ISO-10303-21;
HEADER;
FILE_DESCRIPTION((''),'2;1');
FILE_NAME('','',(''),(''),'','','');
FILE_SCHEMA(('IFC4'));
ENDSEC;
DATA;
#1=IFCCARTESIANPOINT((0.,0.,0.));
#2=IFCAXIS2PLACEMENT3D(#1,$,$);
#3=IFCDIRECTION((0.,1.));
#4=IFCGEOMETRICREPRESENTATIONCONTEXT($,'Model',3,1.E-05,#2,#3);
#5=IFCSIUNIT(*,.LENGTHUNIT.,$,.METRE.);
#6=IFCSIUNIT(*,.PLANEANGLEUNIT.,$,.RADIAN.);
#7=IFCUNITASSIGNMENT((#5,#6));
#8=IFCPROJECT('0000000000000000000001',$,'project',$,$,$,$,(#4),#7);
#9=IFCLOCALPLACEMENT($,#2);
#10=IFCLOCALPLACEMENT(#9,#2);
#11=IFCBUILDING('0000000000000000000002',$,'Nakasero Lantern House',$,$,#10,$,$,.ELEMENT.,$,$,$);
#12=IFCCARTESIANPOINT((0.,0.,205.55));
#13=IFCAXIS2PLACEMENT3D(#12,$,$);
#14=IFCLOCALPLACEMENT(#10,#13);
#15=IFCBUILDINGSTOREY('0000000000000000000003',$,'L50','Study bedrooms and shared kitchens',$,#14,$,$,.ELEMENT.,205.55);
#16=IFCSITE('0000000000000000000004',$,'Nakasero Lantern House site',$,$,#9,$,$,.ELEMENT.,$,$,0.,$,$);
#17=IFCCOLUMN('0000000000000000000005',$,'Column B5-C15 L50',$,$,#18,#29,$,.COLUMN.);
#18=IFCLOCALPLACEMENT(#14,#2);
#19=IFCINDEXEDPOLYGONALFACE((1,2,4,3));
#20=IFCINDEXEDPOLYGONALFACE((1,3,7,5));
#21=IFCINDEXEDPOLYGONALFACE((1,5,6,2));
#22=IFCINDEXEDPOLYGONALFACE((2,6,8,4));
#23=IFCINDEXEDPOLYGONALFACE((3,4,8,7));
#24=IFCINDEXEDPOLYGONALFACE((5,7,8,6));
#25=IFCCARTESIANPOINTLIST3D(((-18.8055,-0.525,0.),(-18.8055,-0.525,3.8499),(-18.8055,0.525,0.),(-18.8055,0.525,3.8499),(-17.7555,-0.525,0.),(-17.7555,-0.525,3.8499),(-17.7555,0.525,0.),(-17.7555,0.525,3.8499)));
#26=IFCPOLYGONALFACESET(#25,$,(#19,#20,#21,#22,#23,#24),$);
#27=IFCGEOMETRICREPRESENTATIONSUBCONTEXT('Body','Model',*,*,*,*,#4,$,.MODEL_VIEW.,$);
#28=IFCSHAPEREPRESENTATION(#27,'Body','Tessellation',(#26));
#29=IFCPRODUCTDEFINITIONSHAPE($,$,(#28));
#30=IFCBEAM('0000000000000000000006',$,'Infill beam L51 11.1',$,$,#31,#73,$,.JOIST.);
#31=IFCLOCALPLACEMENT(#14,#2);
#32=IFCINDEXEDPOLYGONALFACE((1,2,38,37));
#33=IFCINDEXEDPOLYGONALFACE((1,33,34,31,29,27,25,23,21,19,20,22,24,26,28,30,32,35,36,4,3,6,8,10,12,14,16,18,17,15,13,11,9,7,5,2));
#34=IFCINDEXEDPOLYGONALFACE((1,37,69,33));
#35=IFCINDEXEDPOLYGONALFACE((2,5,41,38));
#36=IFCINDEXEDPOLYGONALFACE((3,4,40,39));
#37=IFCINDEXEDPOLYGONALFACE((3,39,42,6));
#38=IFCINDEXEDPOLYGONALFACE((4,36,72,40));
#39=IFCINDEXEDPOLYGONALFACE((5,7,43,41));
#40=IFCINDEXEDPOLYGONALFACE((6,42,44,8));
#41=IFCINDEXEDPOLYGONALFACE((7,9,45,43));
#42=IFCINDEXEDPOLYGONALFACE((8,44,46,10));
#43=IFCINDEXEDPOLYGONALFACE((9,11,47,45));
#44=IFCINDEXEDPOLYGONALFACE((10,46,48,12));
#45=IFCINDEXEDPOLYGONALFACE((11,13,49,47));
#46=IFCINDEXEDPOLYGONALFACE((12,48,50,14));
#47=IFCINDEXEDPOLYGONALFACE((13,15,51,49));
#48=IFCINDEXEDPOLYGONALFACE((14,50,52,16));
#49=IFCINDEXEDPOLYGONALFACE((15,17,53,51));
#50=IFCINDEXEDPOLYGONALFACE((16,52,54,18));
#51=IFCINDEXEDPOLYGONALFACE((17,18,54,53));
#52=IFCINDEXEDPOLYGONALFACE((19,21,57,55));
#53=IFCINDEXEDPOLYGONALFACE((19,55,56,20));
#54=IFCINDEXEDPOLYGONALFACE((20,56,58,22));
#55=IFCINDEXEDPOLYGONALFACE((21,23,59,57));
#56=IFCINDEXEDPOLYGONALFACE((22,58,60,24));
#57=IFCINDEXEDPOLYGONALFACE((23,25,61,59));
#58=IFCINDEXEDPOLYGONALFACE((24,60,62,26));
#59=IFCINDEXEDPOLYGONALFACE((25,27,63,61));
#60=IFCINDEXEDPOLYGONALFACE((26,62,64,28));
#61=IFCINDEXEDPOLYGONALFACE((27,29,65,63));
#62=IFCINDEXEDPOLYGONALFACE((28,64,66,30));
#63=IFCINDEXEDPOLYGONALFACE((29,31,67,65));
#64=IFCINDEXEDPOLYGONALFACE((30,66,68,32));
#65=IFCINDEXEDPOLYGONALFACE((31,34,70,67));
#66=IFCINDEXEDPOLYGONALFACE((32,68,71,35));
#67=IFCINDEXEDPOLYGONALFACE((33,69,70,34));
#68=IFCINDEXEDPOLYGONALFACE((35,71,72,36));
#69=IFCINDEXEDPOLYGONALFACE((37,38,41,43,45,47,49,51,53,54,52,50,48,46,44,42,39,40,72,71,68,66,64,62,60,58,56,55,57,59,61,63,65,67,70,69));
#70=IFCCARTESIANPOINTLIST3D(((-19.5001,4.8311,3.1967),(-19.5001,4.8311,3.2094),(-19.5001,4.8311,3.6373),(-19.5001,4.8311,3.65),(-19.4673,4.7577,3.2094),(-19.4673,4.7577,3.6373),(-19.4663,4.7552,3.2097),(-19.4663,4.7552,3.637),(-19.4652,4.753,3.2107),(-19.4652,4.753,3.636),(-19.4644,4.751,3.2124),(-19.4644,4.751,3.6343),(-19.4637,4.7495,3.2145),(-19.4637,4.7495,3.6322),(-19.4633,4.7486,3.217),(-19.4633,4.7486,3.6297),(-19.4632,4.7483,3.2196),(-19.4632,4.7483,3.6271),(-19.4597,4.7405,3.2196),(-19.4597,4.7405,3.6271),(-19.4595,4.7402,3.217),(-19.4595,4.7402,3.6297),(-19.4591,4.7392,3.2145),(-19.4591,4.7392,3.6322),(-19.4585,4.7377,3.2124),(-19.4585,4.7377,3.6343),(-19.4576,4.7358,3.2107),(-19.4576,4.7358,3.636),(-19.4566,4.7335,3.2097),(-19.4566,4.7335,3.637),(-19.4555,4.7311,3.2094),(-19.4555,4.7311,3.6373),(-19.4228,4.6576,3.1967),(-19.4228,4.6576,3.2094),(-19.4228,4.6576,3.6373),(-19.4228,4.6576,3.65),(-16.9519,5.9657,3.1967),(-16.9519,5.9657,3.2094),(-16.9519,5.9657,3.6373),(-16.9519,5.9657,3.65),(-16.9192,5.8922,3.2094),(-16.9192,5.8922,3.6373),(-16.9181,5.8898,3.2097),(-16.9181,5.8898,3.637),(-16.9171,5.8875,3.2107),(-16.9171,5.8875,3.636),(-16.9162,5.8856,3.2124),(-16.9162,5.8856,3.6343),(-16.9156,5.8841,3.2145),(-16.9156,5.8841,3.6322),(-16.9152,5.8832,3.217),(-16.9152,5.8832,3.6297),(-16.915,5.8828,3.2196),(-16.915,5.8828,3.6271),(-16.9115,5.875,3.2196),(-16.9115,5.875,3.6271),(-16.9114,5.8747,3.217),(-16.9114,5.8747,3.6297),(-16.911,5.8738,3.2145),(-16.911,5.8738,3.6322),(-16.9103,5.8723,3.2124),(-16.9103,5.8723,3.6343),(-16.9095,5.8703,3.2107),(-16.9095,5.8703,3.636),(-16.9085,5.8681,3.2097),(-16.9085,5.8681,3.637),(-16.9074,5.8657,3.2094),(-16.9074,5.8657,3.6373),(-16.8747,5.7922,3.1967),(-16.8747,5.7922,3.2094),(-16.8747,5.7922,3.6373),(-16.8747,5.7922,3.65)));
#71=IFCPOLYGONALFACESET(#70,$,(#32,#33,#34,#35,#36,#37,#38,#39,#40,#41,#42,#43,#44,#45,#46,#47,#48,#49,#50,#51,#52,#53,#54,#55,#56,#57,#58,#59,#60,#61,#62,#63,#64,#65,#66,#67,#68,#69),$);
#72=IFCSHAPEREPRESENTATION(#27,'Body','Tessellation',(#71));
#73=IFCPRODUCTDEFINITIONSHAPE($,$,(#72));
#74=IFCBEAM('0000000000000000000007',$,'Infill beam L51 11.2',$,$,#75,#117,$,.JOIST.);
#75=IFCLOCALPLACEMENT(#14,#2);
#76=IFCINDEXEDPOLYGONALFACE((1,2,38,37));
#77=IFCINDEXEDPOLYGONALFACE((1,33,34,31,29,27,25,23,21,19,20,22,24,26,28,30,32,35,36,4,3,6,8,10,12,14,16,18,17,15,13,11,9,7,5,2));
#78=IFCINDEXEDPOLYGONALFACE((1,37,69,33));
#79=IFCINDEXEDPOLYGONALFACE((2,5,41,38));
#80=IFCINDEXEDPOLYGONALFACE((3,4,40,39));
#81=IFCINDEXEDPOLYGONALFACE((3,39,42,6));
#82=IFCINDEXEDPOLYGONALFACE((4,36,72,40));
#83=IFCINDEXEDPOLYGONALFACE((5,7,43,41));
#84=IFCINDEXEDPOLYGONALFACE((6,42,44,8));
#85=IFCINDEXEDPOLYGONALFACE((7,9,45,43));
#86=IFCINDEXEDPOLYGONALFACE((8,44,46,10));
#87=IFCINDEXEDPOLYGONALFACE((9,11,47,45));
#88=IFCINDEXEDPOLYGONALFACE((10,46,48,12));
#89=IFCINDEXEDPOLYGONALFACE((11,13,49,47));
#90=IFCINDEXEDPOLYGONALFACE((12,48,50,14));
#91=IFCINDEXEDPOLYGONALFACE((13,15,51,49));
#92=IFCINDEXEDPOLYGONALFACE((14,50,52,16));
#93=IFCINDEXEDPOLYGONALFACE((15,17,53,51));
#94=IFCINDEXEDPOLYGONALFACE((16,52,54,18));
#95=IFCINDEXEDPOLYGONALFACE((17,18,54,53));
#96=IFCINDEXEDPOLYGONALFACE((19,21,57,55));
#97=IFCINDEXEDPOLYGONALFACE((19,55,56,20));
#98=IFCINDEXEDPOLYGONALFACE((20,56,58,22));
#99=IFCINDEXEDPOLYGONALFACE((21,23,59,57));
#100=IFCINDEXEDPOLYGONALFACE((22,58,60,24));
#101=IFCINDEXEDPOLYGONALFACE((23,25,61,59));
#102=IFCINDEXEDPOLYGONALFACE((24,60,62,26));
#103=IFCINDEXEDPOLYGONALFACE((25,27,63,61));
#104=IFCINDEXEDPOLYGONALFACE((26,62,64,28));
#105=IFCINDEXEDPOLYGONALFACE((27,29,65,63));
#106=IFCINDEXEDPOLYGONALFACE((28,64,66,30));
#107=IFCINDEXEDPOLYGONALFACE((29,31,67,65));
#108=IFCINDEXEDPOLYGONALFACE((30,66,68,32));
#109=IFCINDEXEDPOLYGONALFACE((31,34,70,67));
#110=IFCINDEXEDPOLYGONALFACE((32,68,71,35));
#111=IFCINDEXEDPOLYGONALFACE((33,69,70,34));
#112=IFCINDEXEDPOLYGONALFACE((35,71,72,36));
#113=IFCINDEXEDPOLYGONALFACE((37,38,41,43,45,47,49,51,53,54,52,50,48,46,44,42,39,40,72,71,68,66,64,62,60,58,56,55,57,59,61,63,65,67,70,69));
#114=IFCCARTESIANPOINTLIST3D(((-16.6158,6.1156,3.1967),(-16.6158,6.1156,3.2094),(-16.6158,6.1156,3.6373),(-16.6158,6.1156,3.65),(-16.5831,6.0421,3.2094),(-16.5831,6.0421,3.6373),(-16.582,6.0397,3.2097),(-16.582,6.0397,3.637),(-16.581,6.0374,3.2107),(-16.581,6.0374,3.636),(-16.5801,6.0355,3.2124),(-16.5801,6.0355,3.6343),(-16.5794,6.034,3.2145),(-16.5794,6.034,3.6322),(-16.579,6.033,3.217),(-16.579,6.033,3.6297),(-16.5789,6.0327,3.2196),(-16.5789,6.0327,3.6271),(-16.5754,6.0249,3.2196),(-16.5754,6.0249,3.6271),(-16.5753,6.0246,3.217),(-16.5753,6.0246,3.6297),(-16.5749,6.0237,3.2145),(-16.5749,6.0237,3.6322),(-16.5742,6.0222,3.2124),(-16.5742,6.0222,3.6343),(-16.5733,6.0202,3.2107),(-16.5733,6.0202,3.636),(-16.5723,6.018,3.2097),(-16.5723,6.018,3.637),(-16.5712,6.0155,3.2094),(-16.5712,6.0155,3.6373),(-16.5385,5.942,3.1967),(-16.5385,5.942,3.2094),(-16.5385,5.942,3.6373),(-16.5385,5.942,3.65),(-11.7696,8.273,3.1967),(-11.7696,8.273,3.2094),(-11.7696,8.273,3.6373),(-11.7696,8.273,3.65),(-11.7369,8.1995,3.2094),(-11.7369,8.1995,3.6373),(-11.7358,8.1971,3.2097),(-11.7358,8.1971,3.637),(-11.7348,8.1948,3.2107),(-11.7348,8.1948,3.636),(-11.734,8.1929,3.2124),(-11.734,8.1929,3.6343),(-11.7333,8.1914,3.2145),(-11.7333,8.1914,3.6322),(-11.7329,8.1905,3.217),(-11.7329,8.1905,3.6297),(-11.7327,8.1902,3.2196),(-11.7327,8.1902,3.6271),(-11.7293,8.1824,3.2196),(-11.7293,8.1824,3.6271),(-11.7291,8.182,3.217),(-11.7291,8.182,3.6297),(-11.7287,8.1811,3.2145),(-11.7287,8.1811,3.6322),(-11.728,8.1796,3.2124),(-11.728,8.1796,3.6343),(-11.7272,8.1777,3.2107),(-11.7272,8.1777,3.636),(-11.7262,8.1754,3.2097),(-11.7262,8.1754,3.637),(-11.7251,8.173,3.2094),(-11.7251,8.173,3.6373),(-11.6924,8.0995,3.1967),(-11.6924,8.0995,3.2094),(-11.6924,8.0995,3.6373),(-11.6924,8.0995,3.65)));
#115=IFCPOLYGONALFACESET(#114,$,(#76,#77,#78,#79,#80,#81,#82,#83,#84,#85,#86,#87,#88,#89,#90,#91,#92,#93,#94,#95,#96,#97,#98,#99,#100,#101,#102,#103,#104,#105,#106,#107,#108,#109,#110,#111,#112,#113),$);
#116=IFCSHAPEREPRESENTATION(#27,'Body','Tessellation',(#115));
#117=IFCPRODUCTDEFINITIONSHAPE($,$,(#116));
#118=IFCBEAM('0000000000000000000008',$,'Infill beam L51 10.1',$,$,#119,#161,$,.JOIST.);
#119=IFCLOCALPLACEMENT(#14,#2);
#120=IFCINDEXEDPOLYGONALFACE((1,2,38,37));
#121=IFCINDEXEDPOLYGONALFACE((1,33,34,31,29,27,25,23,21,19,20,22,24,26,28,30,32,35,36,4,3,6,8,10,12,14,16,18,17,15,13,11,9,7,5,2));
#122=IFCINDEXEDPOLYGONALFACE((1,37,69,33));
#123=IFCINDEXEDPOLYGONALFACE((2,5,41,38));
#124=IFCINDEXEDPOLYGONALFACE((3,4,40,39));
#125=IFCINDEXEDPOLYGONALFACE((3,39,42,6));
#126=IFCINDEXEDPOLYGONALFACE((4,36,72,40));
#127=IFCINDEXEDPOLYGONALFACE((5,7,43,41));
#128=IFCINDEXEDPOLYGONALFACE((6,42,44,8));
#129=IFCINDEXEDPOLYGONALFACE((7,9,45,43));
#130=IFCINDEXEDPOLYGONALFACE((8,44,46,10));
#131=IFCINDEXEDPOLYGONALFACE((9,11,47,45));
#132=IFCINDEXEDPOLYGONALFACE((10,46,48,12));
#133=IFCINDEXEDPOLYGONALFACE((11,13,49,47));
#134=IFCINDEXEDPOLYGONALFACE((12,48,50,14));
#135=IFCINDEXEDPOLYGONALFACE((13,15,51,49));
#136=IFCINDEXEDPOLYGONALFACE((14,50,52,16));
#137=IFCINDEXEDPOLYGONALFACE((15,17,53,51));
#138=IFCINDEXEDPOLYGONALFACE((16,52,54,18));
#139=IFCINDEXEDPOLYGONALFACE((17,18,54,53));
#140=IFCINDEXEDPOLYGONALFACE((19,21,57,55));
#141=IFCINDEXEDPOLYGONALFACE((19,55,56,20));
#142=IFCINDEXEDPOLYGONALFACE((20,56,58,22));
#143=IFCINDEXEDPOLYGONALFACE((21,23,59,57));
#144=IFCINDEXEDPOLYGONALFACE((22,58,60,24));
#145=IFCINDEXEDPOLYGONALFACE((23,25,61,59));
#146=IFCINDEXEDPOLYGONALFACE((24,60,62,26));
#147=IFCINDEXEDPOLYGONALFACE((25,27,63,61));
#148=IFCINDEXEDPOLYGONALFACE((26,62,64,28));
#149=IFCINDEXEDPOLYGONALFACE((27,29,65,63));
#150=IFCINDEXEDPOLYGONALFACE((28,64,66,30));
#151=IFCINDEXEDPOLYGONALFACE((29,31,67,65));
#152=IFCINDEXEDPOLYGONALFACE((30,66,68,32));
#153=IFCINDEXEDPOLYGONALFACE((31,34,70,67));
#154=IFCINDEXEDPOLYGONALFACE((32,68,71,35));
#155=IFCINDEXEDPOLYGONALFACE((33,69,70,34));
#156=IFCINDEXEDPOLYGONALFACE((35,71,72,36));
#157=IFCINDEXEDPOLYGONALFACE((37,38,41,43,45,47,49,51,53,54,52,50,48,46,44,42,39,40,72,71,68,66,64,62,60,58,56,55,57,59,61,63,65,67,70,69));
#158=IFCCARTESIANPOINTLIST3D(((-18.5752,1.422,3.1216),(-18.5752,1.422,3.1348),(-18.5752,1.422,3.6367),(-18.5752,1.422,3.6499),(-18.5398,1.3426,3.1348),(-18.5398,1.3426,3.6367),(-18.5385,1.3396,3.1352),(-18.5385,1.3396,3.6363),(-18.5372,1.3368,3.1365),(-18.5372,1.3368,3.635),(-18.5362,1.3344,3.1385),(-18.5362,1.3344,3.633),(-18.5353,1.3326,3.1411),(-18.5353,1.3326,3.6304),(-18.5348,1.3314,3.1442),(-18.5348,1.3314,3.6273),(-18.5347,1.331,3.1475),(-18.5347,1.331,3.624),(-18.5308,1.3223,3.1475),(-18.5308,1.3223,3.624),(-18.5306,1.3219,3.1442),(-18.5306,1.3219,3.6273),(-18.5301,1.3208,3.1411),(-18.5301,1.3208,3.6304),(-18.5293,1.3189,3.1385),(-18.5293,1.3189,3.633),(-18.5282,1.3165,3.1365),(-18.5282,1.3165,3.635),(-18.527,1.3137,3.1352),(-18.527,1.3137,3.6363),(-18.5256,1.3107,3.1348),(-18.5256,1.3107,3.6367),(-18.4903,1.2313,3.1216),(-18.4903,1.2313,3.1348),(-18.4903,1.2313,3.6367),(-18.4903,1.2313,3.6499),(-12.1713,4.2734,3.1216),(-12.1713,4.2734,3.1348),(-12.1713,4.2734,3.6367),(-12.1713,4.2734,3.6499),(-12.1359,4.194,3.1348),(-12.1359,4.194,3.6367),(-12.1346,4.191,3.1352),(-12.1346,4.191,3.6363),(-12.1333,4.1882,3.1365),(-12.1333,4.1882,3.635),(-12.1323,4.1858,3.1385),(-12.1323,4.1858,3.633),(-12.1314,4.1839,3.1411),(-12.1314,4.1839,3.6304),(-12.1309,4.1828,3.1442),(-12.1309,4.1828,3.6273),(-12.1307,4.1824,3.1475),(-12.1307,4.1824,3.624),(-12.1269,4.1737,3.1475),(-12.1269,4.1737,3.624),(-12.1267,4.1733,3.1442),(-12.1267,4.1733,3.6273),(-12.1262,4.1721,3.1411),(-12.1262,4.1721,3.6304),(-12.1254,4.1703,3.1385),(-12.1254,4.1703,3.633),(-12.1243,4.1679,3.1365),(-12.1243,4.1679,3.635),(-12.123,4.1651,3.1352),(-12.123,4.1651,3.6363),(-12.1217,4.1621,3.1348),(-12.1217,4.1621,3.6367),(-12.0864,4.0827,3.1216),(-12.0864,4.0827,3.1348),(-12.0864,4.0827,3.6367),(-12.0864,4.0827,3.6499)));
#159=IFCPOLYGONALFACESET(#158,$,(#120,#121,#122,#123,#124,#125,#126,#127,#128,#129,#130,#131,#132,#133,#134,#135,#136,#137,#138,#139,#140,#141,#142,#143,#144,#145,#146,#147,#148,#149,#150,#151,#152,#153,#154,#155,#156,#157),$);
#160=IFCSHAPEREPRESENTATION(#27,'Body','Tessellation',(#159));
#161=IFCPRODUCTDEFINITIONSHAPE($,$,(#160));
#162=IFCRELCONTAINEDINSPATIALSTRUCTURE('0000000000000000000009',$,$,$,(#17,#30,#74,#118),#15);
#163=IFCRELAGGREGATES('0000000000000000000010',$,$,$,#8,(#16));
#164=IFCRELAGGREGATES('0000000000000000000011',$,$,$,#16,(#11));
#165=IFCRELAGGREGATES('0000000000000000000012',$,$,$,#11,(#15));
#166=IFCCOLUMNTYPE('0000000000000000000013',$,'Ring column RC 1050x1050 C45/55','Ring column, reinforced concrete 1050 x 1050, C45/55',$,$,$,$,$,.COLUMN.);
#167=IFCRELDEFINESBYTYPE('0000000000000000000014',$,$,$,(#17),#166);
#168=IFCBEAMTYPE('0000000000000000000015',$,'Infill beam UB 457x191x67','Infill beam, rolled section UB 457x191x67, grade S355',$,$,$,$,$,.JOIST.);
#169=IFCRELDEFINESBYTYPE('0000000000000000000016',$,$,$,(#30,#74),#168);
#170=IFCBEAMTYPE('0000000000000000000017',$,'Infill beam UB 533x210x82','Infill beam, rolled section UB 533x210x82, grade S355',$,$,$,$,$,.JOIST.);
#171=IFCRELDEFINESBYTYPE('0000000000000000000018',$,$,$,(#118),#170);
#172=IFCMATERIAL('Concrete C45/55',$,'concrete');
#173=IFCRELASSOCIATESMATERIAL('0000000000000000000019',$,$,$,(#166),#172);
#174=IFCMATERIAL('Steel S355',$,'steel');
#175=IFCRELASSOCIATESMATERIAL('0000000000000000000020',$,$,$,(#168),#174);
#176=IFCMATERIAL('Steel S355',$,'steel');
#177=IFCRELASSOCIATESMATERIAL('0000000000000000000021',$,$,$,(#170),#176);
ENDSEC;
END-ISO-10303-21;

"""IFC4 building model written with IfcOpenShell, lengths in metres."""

from ifc_helpers import new_model, si_unit, direction, frame, origin, origin_2d, place, context, subcontext, project, spatial, rectangle, i_section, extrude, material, material_profile, profile_set, type_object, element, save


model = new_model("IFC4")

# Units and contexts
model_context = context("Model", 3, precision=1e-05, world=origin(), true_north=direction((0.0, 1.0)))
body_context = subcontext(model_context, "Body", "Model", "MODEL_VIEW")
ifc_project = project(units=[si_unit("LENGTHUNIT", "METRE"), si_unit("PLANEANGLEUNIT", "RADIAN")], contexts=[model_context])

# Site, building, storey
site_placement = place(None, origin())
site = spatial("IfcSite", under=ifc_project, at=site_placement, Name="Nakasero Lantern House site", CompositionType="ELEMENT", RefElevation=0.0)
building_placement = place(site_placement, origin())
building = spatial("IfcBuilding", under=site, at=building_placement, Name="Nakasero Lantern House", CompositionType="ELEMENT")
storey_placement = place(building_placement, frame((0.0, 0.0, 205.55)))
storey = spatial("IfcBuildingStorey", under=building, at=storey_placement, Name="L50", Description="Study bedrooms and shared kitchens", CompositionType="ELEMENT", Elevation=205.55)

# Column
ifc_material_1 = material(Name="Concrete C45/55", Category="concrete")
ifc_material_profile_1 = material_profile(ifc_material_1, rectangle(XDim=1.05, YDim=1.05, at=origin_2d()), Name="RC 1050x1050")
ifc_profile_set_1 = profile_set([ifc_material_profile_1], Name="Concrete C45/55")
column_type = type_object("IfcColumnType", Name="Ring column RC 1050x1050 C45/55", Description="Ring column, reinforced concrete 1050 x 1050, C45/55", PredefinedType="COLUMN", material=ifc_profile_set_1)
column_placement = place(storey_placement, frame((-18.2805, 0.0, 0.0), z_axis=(0.0, 0.0, 1.0), x_axis=(1.0, 0.0, 0.0)))
element("IfcColumn", 1, at=column_placement, inside=storey, type_object=column_type, Name="Column B5-C15 L50", PredefinedType="COLUMN", context=body_context, shape_type="SweptSolid", body=[
    extrude(rectangle(XDim=1.05, YDim=1.05, at=origin_2d()), origin(), (0.0, 0.0, 1.0), 3.8499),
])

# Beams
ifc_material_2 = material(Name="Steel S355", Category="steel")
ifc_material_profile_2 = material_profile(ifc_material_2, i_section(OverallWidth=0.1899, OverallDepth=0.4534, WebThickness=0.0085, FlangeThickness=0.0127, FilletRadius=0.0103, at=origin_2d()), Name="UB 457x191x67")
ifc_profile_set_2 = profile_set([ifc_material_profile_2], Name="Steel S355")
beam_type_1 = type_object("IfcBeamType", Name="Infill beam UB 457x191x67", Description="Infill beam, rolled section UB 457x191x67, grade S355", PredefinedType="JOIST", material=ifc_profile_set_2)
beam_1_placement = place(storey_placement, frame((-19.4614, 4.7444, 3.4233), z_axis=(0.913541, 0.406747, 0.0), x_axis=(-0.406747, 0.913541, 0.0)))
element("IfcBeam", 2, at=beam_1_placement, inside=storey, type_object=beam_type_1, Name="Infill beam L51 11.1", PredefinedType="JOIST", context=body_context, shape_type="SweptSolid", body=[
    extrude(i_section(OverallWidth=0.1899, OverallDepth=0.4534, WebThickness=0.0085, FlangeThickness=0.0127, FilletRadius=0.0103, at=origin_2d()), origin(), (0.0, 0.0, 1.0), 2.7893),
])
beam_2_placement = place(storey_placement, frame((-16.5771, 6.0288, 3.4233), z_axis=(0.913559, 0.406706, 0.0), x_axis=(-0.406706, 0.913559, 0.0)))
element("IfcBeam", 3, at=beam_2_placement, inside=storey, type_object=beam_type_1, Name="Infill beam L51 11.2", PredefinedType="JOIST", context=body_context, shape_type="SweptSolid", body=[
    extrude(i_section(OverallWidth=0.1899, OverallDepth=0.4534, WebThickness=0.0085, FlangeThickness=0.0127, FilletRadius=0.0103, at=origin_2d()), origin(), (0.0, 0.0, 1.0), 5.3047),
])
ifc_material_3 = material(Name="Steel S355", Category="steel")
ifc_material_profile_3 = material_profile(ifc_material_3, i_section(OverallWidth=0.2087, OverallDepth=0.5283, WebThickness=0.0095, FlangeThickness=0.0132, FilletRadius=0.0127, at=origin_2d()), Name="UB 533x210x82")
ifc_profile_set_3 = profile_set([ifc_material_profile_3], Name="Steel S355")
beam_type_2 = type_object("IfcBeamType", Name="Infill beam UB 533x210x82", Description="Infill beam, rolled section UB 533x210x82, grade S355", PredefinedType="JOIST", material=ifc_profile_set_3)
beam_3_placement = place(storey_placement, frame((-18.5327, 1.3267, 3.3857), z_axis=(0.913537, 0.406756, 0.0), x_axis=(-0.406756, 0.913537, 0.0)))
element("IfcBeam", 4, at=beam_3_placement, inside=storey, type_object=beam_type_2, Name="Infill beam L51 10.1", PredefinedType="JOIST", context=body_context, shape_type="SweptSolid", body=[
    extrude(i_section(OverallWidth=0.2087, OverallDepth=0.5283, WebThickness=0.0095, FlangeThickness=0.0132, FilletRadius=0.0127, at=origin_2d()), origin(), (0.0, 0.0, 1.0), 7.01),
])

save(model, "model.ifc")
